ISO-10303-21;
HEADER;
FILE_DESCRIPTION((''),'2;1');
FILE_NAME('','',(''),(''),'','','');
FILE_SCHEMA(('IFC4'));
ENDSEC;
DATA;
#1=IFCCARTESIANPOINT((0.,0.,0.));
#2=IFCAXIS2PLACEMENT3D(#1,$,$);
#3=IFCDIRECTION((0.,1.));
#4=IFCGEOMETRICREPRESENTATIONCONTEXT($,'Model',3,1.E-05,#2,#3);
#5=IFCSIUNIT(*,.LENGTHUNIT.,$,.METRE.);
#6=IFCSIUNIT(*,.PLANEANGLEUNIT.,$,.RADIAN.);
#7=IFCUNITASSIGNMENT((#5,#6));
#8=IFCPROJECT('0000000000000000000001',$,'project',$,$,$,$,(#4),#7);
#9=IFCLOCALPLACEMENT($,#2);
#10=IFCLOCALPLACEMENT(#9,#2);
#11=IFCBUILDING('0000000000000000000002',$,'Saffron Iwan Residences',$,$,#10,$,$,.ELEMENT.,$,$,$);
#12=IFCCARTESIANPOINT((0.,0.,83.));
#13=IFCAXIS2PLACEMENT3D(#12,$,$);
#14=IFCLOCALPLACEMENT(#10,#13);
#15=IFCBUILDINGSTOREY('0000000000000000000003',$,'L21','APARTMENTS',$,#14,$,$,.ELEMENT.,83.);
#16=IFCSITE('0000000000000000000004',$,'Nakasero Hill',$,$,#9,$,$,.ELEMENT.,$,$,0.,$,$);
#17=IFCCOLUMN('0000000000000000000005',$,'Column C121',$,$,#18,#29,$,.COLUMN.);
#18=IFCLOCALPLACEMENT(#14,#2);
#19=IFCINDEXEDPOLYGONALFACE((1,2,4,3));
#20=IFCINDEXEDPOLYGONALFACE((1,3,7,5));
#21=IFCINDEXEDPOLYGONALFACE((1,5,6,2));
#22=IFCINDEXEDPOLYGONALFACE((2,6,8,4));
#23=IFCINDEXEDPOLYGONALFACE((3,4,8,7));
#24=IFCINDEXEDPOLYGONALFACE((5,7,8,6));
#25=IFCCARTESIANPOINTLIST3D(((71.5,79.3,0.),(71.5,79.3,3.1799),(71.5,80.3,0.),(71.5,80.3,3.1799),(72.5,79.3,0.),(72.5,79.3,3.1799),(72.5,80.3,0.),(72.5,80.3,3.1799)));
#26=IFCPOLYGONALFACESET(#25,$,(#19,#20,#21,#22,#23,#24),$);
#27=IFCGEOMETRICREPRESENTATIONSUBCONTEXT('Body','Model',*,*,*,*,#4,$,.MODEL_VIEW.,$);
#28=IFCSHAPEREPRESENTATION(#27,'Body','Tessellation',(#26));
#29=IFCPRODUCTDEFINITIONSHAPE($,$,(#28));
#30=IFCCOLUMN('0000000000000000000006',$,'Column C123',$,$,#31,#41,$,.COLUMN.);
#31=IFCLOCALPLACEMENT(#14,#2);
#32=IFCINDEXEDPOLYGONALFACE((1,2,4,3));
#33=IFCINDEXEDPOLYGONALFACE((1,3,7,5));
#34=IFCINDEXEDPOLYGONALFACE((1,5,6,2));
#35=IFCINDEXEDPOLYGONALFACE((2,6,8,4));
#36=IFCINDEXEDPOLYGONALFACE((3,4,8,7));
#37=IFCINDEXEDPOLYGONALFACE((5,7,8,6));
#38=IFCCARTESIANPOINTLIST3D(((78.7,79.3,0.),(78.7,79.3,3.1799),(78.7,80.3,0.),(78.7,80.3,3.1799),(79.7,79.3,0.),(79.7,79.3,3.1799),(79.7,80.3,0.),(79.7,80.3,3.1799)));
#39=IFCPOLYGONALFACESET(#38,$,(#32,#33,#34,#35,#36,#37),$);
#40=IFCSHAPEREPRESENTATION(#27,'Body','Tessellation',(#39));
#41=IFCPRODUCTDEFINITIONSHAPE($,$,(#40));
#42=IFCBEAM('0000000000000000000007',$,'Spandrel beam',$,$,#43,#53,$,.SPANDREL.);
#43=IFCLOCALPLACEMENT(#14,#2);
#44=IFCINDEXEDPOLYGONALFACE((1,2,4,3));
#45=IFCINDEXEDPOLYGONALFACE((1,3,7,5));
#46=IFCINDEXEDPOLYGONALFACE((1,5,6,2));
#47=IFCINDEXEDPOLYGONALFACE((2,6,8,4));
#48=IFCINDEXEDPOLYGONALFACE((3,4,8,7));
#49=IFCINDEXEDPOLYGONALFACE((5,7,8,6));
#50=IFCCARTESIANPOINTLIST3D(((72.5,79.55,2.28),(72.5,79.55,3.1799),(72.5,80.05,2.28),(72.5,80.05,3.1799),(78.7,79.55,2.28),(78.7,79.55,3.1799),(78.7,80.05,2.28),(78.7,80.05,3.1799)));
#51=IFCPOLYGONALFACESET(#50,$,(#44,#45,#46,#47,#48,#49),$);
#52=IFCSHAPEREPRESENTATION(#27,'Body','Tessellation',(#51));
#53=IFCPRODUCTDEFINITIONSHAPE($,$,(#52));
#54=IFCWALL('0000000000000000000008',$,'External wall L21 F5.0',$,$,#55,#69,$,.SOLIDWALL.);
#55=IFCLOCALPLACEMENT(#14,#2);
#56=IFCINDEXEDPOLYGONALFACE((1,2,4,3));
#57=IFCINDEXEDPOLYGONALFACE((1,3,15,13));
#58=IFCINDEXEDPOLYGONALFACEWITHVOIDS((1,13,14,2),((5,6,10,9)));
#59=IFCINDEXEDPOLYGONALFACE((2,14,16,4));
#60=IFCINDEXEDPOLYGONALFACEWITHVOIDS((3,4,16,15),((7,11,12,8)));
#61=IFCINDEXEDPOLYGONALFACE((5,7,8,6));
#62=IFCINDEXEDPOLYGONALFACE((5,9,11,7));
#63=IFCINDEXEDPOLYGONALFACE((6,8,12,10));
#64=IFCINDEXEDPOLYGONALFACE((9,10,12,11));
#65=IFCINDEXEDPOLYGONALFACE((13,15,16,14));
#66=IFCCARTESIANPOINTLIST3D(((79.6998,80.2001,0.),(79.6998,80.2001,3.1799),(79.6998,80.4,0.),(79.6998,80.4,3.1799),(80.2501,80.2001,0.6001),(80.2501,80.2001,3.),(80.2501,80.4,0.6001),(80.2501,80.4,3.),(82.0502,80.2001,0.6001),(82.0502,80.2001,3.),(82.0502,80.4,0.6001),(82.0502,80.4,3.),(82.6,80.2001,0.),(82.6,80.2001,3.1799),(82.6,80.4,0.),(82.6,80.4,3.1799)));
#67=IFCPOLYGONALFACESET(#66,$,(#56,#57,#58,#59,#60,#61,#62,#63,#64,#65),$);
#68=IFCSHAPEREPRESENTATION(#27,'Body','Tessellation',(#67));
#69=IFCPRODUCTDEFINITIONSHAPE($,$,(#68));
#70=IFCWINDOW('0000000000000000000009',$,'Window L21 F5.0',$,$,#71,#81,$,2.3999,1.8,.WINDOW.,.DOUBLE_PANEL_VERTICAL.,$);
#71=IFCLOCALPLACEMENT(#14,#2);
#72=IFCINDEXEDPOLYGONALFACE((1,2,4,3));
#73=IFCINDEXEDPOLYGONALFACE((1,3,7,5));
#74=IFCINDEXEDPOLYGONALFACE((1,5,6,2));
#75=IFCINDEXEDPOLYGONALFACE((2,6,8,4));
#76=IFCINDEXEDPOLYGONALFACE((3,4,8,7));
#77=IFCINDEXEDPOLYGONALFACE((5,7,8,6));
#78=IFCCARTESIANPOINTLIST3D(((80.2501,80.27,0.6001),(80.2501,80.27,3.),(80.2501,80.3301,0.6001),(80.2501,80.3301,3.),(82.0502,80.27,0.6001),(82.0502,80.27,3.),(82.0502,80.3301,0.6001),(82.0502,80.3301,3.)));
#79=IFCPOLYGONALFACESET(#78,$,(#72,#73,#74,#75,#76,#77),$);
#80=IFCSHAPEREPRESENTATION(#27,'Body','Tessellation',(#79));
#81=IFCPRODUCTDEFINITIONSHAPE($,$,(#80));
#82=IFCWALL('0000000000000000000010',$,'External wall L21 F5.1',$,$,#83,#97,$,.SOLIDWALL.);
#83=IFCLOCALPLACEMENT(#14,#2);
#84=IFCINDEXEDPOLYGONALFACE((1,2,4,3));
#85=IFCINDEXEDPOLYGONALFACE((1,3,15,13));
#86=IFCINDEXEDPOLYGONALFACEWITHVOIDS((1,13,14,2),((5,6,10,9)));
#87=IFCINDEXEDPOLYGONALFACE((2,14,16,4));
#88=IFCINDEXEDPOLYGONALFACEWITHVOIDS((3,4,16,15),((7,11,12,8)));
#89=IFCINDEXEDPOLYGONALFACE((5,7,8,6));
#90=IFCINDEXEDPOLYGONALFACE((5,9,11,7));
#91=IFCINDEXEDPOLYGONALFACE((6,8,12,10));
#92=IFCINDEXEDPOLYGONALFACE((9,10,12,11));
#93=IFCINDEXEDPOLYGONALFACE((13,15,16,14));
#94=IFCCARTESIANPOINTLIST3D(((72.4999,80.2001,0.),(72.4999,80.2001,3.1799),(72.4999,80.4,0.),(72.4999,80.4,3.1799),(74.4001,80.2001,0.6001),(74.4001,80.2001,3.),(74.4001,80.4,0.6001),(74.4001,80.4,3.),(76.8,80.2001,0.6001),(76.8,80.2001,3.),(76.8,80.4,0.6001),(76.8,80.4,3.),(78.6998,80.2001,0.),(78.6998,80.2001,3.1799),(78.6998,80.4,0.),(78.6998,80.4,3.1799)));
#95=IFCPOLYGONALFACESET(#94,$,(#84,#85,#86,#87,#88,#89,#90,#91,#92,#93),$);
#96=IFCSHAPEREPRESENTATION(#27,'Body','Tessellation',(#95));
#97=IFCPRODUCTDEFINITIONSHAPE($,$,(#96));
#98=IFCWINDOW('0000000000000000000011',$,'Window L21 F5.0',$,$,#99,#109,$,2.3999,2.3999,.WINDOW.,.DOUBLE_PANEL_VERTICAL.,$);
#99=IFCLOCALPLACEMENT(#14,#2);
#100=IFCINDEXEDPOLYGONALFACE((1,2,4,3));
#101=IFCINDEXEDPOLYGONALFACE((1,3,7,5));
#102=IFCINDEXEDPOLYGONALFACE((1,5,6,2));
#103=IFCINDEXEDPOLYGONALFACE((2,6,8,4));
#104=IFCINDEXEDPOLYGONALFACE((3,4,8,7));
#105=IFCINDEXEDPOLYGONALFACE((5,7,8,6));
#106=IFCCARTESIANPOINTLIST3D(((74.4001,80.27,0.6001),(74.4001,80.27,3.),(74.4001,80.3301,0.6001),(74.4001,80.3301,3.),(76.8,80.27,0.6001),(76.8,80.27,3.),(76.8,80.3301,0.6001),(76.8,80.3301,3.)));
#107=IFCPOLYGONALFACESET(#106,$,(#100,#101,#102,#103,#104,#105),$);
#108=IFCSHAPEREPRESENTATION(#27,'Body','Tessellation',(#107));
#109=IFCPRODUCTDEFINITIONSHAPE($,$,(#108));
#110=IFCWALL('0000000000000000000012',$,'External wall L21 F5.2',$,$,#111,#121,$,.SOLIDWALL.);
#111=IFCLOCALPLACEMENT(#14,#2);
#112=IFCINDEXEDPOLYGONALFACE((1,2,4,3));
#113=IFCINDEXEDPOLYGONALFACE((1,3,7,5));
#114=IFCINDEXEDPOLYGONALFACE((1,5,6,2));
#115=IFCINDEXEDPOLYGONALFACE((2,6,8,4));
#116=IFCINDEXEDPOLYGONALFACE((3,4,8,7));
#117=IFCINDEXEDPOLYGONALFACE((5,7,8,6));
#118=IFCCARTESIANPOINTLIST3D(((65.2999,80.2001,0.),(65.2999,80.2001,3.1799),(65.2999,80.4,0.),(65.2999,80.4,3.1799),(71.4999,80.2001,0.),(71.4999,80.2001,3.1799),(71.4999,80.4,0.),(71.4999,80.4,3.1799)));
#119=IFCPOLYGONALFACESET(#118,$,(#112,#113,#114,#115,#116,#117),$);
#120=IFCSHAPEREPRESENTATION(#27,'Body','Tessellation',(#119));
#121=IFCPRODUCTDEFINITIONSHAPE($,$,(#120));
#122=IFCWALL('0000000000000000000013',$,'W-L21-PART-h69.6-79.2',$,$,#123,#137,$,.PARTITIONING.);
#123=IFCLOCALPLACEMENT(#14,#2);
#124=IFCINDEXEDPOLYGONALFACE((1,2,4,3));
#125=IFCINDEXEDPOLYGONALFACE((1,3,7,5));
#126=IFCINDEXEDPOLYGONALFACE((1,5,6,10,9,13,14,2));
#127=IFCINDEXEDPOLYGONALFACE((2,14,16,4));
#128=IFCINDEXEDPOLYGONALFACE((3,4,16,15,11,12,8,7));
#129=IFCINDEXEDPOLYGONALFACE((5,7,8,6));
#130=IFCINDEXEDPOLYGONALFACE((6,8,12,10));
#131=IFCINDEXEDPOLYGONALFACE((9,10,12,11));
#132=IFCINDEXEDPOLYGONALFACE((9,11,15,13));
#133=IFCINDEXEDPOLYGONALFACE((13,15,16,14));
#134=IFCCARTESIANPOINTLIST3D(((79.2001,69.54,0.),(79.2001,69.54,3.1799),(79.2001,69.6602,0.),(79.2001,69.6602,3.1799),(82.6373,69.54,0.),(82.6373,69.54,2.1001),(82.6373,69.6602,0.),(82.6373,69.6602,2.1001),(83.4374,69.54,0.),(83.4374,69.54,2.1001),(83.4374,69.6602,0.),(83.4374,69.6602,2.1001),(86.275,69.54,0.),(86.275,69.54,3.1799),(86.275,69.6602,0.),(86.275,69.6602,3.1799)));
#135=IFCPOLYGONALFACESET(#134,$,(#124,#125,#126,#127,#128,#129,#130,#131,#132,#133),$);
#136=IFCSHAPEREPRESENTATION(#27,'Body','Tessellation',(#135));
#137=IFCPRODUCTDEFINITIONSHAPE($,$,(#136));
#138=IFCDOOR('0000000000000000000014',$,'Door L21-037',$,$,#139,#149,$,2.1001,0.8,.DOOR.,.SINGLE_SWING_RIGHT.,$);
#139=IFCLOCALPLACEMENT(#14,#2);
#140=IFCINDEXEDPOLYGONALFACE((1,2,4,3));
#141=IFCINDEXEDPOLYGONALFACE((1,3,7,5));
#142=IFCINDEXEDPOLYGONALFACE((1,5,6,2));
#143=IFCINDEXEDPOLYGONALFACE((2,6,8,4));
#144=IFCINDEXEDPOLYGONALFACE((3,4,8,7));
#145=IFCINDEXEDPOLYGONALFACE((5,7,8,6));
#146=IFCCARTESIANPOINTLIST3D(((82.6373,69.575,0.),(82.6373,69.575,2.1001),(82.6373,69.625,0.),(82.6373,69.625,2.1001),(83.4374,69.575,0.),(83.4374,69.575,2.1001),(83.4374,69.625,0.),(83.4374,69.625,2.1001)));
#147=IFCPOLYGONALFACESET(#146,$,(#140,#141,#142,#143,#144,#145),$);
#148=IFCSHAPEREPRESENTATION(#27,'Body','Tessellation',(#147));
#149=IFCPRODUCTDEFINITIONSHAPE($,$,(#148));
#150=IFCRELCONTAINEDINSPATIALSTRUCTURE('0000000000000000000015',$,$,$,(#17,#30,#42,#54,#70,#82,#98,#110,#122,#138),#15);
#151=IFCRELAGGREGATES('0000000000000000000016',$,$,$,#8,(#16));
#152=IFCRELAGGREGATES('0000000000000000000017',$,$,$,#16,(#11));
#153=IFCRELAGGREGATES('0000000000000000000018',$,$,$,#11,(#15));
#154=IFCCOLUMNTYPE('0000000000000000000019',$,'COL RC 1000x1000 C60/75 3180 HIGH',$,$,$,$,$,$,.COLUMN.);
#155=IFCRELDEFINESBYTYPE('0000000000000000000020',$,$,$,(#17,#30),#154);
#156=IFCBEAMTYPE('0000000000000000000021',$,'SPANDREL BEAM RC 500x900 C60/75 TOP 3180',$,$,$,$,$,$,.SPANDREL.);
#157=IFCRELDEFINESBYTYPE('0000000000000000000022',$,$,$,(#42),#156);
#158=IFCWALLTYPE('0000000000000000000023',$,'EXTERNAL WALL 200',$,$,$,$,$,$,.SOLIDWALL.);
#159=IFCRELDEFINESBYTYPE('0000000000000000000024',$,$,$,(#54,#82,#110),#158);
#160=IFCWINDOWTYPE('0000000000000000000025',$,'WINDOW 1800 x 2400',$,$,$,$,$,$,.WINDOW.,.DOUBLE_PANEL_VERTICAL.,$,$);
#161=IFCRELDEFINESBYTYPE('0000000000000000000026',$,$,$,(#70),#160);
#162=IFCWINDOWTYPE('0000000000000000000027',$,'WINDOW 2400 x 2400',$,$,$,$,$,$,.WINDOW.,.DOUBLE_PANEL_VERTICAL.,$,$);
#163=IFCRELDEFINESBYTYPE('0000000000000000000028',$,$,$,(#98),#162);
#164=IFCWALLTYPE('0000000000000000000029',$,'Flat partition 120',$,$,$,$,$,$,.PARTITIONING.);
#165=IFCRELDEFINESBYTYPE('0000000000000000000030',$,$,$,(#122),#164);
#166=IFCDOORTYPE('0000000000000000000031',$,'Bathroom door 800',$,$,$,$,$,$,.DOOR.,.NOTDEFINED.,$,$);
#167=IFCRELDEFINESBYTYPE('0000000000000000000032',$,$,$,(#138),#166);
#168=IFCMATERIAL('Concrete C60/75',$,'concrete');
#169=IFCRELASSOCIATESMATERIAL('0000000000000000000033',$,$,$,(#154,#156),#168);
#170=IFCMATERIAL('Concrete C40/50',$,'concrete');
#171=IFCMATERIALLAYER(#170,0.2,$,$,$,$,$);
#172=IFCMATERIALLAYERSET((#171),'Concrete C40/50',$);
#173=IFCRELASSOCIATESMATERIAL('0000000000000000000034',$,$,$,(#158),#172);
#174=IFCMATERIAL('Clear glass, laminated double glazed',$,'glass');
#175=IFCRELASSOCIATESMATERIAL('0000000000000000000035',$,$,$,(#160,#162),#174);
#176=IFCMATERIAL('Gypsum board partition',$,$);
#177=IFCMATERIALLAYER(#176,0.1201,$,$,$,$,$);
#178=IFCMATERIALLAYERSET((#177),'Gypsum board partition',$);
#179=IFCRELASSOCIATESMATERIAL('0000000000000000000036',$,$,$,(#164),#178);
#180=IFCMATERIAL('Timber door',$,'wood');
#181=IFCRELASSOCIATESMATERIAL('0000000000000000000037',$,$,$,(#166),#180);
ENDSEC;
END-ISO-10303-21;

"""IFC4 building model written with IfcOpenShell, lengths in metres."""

from ifc_helpers import new_model, si_unit, direction, frame, frame_2d, origin, origin_2d, place, context, subcontext, project, spatial, rectangle, extrude, source, transform, mapped, material, layer, layer_set, material_profile, profile_set, type_object, element, fill, save


model = new_model("IFC4")

# Units and contexts
model_context = context("Model", 3, precision=1e-05, world=origin(), true_north=direction((0.0, 1.0)))
body_context = subcontext(model_context, "Body", "Model", "MODEL_VIEW")
ifc_project = project(units=[si_unit("LENGTHUNIT", "METRE"), si_unit("PLANEANGLEUNIT", "RADIAN")], contexts=[model_context])

# Site, building, storey
site_placement = place(None, origin())
site = spatial("IfcSite", under=ifc_project, at=site_placement, Name="Nakasero Hill", CompositionType="ELEMENT", RefElevation=0.0)
building_placement = place(site_placement, origin())
building = spatial("IfcBuilding", under=site, at=building_placement, Name="Saffron Iwan Residences", CompositionType="ELEMENT")
storey_placement = place(building_placement, frame((0.0, 0.0, 83.0)))
storey = spatial("IfcBuildingStorey", under=building, at=storey_placement, Name="L21", Description="APARTMENTS", CompositionType="ELEMENT", Elevation=83.0)

# Columns
ifc_material_1 = material(Name="Concrete C60/75", Category="concrete")
ifc_material_profile_1 = material_profile(ifc_material_1, rectangle(XDim=1.0, YDim=1.0, at=origin_2d()), Name="RC 1000x1000")
ifc_profile_set_1 = profile_set([ifc_material_profile_1], Name="Concrete C60/75")
column_type = type_object("IfcColumnType", Name="COL RC 1000x1000 C60/75 3180 HIGH", PredefinedType="COLUMN", material=ifc_profile_set_1)
shared_shape_1 = source(origin(), body_context, "Body", "SweptSolid", [
    extrude(rectangle(XDim=1.0, YDim=1.0, at=origin_2d()), origin(), (0.0, 0.0, 1.0), 3.1799),
])
for number, where, z_axis, x_axis, name in (
    (1, (72.0, 79.8, 0.0), (0.0, 0.0, 1.0), (1.0, 0.0, 0.0), "Column C121"),
    (2, (79.2, 79.8, 0.0), (0.0, 0.0, 1.0), (1.0, 0.0, 0.0), "Column C123"),
):
    element("IfcColumn", number, at=place(storey_placement, frame(where, z_axis=z_axis, x_axis=x_axis)), inside=storey, type_object=column_type, Name=name, PredefinedType="COLUMN", context=body_context, shape_type="MappedRepresentation", body=[
        mapped(shared_shape_1, transform((0.0, 0.0, 0.0))),
    ])

# Beam
ifc_material_profile_2 = material_profile(ifc_material_1, rectangle(XDim=0.5, YDim=0.8999, at=origin_2d()), Name="RC 500x900")
ifc_profile_set_2 = profile_set([ifc_material_profile_2], Name="Concrete C60/75")
beam_type = type_object("IfcBeamType", Name="SPANDREL BEAM RC 500x900 C60/75 TOP 3180", PredefinedType="SPANDREL", material=ifc_profile_set_2)
shared_shape_2 = source(origin(), body_context, "Body", "SweptSolid", [
    extrude(rectangle(XDim=0.5, YDim=0.8999, at=origin_2d()), origin(), (0.0, 0.0, 1.0), 6.2),
])
beam_placement = place(storey_placement, frame((72.5, 79.8, 2.73), z_axis=(1.0, 0.0, 0.0), x_axis=(0.0, 1.0, 0.0)))
element("IfcBeam", 3, at=beam_placement, inside=storey, type_object=beam_type, Name="Spandrel beam", PredefinedType="SPANDREL", context=body_context, shape_type="MappedRepresentation", body=[
    mapped(shared_shape_2, transform((0.0, 0.0, 0.0))),
])

# Walls, openings, windows
ifc_material_2 = material(Name="Concrete C40/50", Category="concrete")
ifc_layer_1 = layer(ifc_material_2, 0.2)
ifc_layer_set_1 = layer_set([ifc_layer_1], Name="Concrete C40/50")
wall_type_1 = type_object("IfcWallType", Name="EXTERNAL WALL 200", PredefinedType="SOLIDWALL", material=ifc_layer_set_1)
wall_1_placement = place(storey_placement, frame((82.6001, 80.3, 0.0), z_axis=(0.0, 0.0, 1.0), x_axis=(-1.0, 0.0, 0.0)))
wall_1 = element("IfcWall", 4, at=wall_1_placement, inside=storey, type_object=wall_type_1, Name="External wall L21 F5.0", PredefinedType="SOLIDWALL", context=body_context, shape_type="SweptSolid", body=[
    extrude(rectangle(XDim=2.9001, YDim=0.2, at=frame_2d((1.4502, 0.0))), origin(), (0.0, 0.0, 1.0), 3.1799),
])
opening_1_placement = place(wall_1_placement, frame((0.55, 0.0, 0.6001)))
opening_1 = element("IfcOpeningElement", 5, at=opening_1_placement, cuts=wall_1, PredefinedType="OPENING", context=body_context, shape_type="SweptSolid", body=[
    extrude(rectangle(XDim=1.8, YDim=2.3999, at=frame_2d((0.8999, 1.2))), frame((0.0, 0.1099, 0.0), z_axis=(0.0, -1.0, 0.0), x_axis=(1.0, 0.0, 0.0)), (0.0, 0.0, 1.0), 0.22),
])
ifc_material_3 = material(Name="Clear glass, laminated double glazed", Category="glass")
window_type_1 = type_object("IfcWindowType", Name="WINDOW 1800 x 2400", PartitioningType="DOUBLE_PANEL_VERTICAL", PredefinedType="WINDOW", material=ifc_material_3)
window_1_placement = place(opening_1_placement, origin())
window_1 = element("IfcWindow", 6, at=window_1_placement, inside=storey, type_object=window_type_1, Name="Window L21 F5.0", OverallHeight=2.3999, OverallWidth=1.8, PartitioningType="DOUBLE_PANEL_VERTICAL", PredefinedType="WINDOW", context=body_context, shape_type="SweptSolid", body=[
    extrude(rectangle(XDim=1.8, YDim=2.3999, at=frame_2d((0.8999, 1.2))), frame((0.0, 0.03, 0.0), z_axis=(0.0, -1.0, 0.0), x_axis=(1.0, 0.0, 0.0)), (0.0, 0.0, 1.0), 0.0601),
])
fill(opening_1, window_1)
wall_2_placement = place(storey_placement, frame((78.7, 80.3, 0.0), z_axis=(0.0, 0.0, 1.0), x_axis=(-1.0, 0.0, 0.0)))
wall_2 = element("IfcWall", 7, at=wall_2_placement, inside=storey, type_object=wall_type_1, Name="External wall L21 F5.1", PredefinedType="SOLIDWALL", context=body_context, shape_type="SweptSolid", body=[
    extrude(rectangle(XDim=6.2, YDim=0.2, at=frame_2d((3.1001, 0.0))), origin(), (0.0, 0.0, 1.0), 3.1799),
])
opening_2_placement = place(wall_2_placement, frame((1.8999, 0.0, 0.6001)))
opening_2 = element("IfcOpeningElement", 8, at=opening_2_placement, cuts=wall_2, PredefinedType="OPENING", context=body_context, shape_type="SweptSolid", body=[
    extrude(rectangle(XDim=2.3999, YDim=2.3999, at=frame_2d((1.2, 1.2))), frame((0.0, 0.1099, 0.0), z_axis=(0.0, -1.0, 0.0), x_axis=(1.0, 0.0, 0.0)), (0.0, 0.0, 1.0), 0.22),
])
window_type_2 = type_object("IfcWindowType", Name="WINDOW 2400 x 2400", PartitioningType="DOUBLE_PANEL_VERTICAL", PredefinedType="WINDOW", material=ifc_material_3)
window_2_placement = place(opening_2_placement, origin())
window_2 = element("IfcWindow", 9, at=window_2_placement, inside=storey, type_object=window_type_2, Name="Window L21 F5.0", OverallHeight=2.3999, OverallWidth=2.3999, PartitioningType="DOUBLE_PANEL_VERTICAL", PredefinedType="WINDOW", context=body_context, shape_type="SweptSolid", body=[
    extrude(rectangle(XDim=2.3999, YDim=2.3999, at=frame_2d((1.2, 1.2))), frame((0.0, 0.03, 0.0), z_axis=(0.0, -1.0, 0.0), x_axis=(1.0, 0.0, 0.0)), (0.0, 0.0, 1.0), 0.0601),
])
fill(opening_2, window_2)

# Wall
wall_3_placement = place(storey_placement, frame((71.5, 80.3, 0.0), z_axis=(0.0, 0.0, 1.0), x_axis=(-1.0, 0.0, 0.0)))
element("IfcWall", 10, at=wall_3_placement, inside=storey, type_object=wall_type_1, Name="External wall L21 F5.2", PredefinedType="SOLIDWALL", context=body_context, shape_type="SweptSolid", body=[
    extrude(rectangle(XDim=6.2, YDim=0.2, at=frame_2d((3.1001, 0.0))), origin(), (0.0, 0.0, 1.0), 3.1799),
])

# Wall, opening, door
ifc_material_4 = material(Name="Gypsum board partition")
ifc_layer_2 = layer(ifc_material_4, 0.1201)
ifc_layer_set_2 = layer_set([ifc_layer_2], Name="Gypsum board partition")
wall_type_2 = type_object("IfcWallType", Name="Flat partition 120", PredefinedType="PARTITIONING", material=ifc_layer_set_2)
wall_4_placement = place(storey_placement, frame((79.2, 69.6001, 0.0), z_axis=(0.0, 0.0, 1.0), x_axis=(1.0, 0.0, 0.0)))
wall_4 = element("IfcWall", 11, at=wall_4_placement, inside=storey, type_object=wall_type_2, Name="W-L21-PART-h69.6-79.2", PredefinedType="PARTITIONING", context=body_context, shape_type="SweptSolid", body=[
    extrude(rectangle(XDim=7.075, YDim=0.1201, at=frame_2d((3.5376, 0.0))), origin(), (0.0, 0.0, 1.0), 3.1799),
])
opening_3_placement = place(wall_4_placement, frame((3.4375, 0.0, 0.0)))
opening_3 = element("IfcOpeningElement", 12, at=opening_3_placement, cuts=wall_4, PredefinedType="OPENING", context=body_context, shape_type="SweptSolid", body=[
    extrude(rectangle(XDim=0.8, YDim=2.1001, at=frame_2d((0.3999, 1.05))), frame((0.0, 0.0701, 0.0), z_axis=(0.0, -1.0, 0.0), x_axis=(1.0, 0.0, 0.0)), (0.0, 0.0, 1.0), 0.1401),
])
ifc_material_5 = material(Name="Timber door", Category="wood")
door_type_1 = type_object("IfcDoorType", Name="Bathroom door 800", OperationType="NOTDEFINED", PredefinedType="DOOR", material=ifc_material_5)
door_1_placement = place(opening_3_placement, origin())
door_1 = element("IfcDoor", 13, at=door_1_placement, inside=storey, type_object=door_type_1, Name="Door L21-037", OperationType="SINGLE_SWING_RIGHT", OverallHeight=2.1001, OverallWidth=0.8, PredefinedType="DOOR", context=body_context, shape_type="SweptSolid", body=[
    extrude(rectangle(XDim=0.8, YDim=2.1001, at=frame_2d((0.3999, 1.05))), frame((0.0, 0.0249, 0.0), z_axis=(0.0, -1.0, 0.0), x_axis=(1.0, 0.0, 0.0)), (0.0, 0.0, 1.0), 0.05),
])
fill(opening_3, door_1)

save(model, "model.ifc")
